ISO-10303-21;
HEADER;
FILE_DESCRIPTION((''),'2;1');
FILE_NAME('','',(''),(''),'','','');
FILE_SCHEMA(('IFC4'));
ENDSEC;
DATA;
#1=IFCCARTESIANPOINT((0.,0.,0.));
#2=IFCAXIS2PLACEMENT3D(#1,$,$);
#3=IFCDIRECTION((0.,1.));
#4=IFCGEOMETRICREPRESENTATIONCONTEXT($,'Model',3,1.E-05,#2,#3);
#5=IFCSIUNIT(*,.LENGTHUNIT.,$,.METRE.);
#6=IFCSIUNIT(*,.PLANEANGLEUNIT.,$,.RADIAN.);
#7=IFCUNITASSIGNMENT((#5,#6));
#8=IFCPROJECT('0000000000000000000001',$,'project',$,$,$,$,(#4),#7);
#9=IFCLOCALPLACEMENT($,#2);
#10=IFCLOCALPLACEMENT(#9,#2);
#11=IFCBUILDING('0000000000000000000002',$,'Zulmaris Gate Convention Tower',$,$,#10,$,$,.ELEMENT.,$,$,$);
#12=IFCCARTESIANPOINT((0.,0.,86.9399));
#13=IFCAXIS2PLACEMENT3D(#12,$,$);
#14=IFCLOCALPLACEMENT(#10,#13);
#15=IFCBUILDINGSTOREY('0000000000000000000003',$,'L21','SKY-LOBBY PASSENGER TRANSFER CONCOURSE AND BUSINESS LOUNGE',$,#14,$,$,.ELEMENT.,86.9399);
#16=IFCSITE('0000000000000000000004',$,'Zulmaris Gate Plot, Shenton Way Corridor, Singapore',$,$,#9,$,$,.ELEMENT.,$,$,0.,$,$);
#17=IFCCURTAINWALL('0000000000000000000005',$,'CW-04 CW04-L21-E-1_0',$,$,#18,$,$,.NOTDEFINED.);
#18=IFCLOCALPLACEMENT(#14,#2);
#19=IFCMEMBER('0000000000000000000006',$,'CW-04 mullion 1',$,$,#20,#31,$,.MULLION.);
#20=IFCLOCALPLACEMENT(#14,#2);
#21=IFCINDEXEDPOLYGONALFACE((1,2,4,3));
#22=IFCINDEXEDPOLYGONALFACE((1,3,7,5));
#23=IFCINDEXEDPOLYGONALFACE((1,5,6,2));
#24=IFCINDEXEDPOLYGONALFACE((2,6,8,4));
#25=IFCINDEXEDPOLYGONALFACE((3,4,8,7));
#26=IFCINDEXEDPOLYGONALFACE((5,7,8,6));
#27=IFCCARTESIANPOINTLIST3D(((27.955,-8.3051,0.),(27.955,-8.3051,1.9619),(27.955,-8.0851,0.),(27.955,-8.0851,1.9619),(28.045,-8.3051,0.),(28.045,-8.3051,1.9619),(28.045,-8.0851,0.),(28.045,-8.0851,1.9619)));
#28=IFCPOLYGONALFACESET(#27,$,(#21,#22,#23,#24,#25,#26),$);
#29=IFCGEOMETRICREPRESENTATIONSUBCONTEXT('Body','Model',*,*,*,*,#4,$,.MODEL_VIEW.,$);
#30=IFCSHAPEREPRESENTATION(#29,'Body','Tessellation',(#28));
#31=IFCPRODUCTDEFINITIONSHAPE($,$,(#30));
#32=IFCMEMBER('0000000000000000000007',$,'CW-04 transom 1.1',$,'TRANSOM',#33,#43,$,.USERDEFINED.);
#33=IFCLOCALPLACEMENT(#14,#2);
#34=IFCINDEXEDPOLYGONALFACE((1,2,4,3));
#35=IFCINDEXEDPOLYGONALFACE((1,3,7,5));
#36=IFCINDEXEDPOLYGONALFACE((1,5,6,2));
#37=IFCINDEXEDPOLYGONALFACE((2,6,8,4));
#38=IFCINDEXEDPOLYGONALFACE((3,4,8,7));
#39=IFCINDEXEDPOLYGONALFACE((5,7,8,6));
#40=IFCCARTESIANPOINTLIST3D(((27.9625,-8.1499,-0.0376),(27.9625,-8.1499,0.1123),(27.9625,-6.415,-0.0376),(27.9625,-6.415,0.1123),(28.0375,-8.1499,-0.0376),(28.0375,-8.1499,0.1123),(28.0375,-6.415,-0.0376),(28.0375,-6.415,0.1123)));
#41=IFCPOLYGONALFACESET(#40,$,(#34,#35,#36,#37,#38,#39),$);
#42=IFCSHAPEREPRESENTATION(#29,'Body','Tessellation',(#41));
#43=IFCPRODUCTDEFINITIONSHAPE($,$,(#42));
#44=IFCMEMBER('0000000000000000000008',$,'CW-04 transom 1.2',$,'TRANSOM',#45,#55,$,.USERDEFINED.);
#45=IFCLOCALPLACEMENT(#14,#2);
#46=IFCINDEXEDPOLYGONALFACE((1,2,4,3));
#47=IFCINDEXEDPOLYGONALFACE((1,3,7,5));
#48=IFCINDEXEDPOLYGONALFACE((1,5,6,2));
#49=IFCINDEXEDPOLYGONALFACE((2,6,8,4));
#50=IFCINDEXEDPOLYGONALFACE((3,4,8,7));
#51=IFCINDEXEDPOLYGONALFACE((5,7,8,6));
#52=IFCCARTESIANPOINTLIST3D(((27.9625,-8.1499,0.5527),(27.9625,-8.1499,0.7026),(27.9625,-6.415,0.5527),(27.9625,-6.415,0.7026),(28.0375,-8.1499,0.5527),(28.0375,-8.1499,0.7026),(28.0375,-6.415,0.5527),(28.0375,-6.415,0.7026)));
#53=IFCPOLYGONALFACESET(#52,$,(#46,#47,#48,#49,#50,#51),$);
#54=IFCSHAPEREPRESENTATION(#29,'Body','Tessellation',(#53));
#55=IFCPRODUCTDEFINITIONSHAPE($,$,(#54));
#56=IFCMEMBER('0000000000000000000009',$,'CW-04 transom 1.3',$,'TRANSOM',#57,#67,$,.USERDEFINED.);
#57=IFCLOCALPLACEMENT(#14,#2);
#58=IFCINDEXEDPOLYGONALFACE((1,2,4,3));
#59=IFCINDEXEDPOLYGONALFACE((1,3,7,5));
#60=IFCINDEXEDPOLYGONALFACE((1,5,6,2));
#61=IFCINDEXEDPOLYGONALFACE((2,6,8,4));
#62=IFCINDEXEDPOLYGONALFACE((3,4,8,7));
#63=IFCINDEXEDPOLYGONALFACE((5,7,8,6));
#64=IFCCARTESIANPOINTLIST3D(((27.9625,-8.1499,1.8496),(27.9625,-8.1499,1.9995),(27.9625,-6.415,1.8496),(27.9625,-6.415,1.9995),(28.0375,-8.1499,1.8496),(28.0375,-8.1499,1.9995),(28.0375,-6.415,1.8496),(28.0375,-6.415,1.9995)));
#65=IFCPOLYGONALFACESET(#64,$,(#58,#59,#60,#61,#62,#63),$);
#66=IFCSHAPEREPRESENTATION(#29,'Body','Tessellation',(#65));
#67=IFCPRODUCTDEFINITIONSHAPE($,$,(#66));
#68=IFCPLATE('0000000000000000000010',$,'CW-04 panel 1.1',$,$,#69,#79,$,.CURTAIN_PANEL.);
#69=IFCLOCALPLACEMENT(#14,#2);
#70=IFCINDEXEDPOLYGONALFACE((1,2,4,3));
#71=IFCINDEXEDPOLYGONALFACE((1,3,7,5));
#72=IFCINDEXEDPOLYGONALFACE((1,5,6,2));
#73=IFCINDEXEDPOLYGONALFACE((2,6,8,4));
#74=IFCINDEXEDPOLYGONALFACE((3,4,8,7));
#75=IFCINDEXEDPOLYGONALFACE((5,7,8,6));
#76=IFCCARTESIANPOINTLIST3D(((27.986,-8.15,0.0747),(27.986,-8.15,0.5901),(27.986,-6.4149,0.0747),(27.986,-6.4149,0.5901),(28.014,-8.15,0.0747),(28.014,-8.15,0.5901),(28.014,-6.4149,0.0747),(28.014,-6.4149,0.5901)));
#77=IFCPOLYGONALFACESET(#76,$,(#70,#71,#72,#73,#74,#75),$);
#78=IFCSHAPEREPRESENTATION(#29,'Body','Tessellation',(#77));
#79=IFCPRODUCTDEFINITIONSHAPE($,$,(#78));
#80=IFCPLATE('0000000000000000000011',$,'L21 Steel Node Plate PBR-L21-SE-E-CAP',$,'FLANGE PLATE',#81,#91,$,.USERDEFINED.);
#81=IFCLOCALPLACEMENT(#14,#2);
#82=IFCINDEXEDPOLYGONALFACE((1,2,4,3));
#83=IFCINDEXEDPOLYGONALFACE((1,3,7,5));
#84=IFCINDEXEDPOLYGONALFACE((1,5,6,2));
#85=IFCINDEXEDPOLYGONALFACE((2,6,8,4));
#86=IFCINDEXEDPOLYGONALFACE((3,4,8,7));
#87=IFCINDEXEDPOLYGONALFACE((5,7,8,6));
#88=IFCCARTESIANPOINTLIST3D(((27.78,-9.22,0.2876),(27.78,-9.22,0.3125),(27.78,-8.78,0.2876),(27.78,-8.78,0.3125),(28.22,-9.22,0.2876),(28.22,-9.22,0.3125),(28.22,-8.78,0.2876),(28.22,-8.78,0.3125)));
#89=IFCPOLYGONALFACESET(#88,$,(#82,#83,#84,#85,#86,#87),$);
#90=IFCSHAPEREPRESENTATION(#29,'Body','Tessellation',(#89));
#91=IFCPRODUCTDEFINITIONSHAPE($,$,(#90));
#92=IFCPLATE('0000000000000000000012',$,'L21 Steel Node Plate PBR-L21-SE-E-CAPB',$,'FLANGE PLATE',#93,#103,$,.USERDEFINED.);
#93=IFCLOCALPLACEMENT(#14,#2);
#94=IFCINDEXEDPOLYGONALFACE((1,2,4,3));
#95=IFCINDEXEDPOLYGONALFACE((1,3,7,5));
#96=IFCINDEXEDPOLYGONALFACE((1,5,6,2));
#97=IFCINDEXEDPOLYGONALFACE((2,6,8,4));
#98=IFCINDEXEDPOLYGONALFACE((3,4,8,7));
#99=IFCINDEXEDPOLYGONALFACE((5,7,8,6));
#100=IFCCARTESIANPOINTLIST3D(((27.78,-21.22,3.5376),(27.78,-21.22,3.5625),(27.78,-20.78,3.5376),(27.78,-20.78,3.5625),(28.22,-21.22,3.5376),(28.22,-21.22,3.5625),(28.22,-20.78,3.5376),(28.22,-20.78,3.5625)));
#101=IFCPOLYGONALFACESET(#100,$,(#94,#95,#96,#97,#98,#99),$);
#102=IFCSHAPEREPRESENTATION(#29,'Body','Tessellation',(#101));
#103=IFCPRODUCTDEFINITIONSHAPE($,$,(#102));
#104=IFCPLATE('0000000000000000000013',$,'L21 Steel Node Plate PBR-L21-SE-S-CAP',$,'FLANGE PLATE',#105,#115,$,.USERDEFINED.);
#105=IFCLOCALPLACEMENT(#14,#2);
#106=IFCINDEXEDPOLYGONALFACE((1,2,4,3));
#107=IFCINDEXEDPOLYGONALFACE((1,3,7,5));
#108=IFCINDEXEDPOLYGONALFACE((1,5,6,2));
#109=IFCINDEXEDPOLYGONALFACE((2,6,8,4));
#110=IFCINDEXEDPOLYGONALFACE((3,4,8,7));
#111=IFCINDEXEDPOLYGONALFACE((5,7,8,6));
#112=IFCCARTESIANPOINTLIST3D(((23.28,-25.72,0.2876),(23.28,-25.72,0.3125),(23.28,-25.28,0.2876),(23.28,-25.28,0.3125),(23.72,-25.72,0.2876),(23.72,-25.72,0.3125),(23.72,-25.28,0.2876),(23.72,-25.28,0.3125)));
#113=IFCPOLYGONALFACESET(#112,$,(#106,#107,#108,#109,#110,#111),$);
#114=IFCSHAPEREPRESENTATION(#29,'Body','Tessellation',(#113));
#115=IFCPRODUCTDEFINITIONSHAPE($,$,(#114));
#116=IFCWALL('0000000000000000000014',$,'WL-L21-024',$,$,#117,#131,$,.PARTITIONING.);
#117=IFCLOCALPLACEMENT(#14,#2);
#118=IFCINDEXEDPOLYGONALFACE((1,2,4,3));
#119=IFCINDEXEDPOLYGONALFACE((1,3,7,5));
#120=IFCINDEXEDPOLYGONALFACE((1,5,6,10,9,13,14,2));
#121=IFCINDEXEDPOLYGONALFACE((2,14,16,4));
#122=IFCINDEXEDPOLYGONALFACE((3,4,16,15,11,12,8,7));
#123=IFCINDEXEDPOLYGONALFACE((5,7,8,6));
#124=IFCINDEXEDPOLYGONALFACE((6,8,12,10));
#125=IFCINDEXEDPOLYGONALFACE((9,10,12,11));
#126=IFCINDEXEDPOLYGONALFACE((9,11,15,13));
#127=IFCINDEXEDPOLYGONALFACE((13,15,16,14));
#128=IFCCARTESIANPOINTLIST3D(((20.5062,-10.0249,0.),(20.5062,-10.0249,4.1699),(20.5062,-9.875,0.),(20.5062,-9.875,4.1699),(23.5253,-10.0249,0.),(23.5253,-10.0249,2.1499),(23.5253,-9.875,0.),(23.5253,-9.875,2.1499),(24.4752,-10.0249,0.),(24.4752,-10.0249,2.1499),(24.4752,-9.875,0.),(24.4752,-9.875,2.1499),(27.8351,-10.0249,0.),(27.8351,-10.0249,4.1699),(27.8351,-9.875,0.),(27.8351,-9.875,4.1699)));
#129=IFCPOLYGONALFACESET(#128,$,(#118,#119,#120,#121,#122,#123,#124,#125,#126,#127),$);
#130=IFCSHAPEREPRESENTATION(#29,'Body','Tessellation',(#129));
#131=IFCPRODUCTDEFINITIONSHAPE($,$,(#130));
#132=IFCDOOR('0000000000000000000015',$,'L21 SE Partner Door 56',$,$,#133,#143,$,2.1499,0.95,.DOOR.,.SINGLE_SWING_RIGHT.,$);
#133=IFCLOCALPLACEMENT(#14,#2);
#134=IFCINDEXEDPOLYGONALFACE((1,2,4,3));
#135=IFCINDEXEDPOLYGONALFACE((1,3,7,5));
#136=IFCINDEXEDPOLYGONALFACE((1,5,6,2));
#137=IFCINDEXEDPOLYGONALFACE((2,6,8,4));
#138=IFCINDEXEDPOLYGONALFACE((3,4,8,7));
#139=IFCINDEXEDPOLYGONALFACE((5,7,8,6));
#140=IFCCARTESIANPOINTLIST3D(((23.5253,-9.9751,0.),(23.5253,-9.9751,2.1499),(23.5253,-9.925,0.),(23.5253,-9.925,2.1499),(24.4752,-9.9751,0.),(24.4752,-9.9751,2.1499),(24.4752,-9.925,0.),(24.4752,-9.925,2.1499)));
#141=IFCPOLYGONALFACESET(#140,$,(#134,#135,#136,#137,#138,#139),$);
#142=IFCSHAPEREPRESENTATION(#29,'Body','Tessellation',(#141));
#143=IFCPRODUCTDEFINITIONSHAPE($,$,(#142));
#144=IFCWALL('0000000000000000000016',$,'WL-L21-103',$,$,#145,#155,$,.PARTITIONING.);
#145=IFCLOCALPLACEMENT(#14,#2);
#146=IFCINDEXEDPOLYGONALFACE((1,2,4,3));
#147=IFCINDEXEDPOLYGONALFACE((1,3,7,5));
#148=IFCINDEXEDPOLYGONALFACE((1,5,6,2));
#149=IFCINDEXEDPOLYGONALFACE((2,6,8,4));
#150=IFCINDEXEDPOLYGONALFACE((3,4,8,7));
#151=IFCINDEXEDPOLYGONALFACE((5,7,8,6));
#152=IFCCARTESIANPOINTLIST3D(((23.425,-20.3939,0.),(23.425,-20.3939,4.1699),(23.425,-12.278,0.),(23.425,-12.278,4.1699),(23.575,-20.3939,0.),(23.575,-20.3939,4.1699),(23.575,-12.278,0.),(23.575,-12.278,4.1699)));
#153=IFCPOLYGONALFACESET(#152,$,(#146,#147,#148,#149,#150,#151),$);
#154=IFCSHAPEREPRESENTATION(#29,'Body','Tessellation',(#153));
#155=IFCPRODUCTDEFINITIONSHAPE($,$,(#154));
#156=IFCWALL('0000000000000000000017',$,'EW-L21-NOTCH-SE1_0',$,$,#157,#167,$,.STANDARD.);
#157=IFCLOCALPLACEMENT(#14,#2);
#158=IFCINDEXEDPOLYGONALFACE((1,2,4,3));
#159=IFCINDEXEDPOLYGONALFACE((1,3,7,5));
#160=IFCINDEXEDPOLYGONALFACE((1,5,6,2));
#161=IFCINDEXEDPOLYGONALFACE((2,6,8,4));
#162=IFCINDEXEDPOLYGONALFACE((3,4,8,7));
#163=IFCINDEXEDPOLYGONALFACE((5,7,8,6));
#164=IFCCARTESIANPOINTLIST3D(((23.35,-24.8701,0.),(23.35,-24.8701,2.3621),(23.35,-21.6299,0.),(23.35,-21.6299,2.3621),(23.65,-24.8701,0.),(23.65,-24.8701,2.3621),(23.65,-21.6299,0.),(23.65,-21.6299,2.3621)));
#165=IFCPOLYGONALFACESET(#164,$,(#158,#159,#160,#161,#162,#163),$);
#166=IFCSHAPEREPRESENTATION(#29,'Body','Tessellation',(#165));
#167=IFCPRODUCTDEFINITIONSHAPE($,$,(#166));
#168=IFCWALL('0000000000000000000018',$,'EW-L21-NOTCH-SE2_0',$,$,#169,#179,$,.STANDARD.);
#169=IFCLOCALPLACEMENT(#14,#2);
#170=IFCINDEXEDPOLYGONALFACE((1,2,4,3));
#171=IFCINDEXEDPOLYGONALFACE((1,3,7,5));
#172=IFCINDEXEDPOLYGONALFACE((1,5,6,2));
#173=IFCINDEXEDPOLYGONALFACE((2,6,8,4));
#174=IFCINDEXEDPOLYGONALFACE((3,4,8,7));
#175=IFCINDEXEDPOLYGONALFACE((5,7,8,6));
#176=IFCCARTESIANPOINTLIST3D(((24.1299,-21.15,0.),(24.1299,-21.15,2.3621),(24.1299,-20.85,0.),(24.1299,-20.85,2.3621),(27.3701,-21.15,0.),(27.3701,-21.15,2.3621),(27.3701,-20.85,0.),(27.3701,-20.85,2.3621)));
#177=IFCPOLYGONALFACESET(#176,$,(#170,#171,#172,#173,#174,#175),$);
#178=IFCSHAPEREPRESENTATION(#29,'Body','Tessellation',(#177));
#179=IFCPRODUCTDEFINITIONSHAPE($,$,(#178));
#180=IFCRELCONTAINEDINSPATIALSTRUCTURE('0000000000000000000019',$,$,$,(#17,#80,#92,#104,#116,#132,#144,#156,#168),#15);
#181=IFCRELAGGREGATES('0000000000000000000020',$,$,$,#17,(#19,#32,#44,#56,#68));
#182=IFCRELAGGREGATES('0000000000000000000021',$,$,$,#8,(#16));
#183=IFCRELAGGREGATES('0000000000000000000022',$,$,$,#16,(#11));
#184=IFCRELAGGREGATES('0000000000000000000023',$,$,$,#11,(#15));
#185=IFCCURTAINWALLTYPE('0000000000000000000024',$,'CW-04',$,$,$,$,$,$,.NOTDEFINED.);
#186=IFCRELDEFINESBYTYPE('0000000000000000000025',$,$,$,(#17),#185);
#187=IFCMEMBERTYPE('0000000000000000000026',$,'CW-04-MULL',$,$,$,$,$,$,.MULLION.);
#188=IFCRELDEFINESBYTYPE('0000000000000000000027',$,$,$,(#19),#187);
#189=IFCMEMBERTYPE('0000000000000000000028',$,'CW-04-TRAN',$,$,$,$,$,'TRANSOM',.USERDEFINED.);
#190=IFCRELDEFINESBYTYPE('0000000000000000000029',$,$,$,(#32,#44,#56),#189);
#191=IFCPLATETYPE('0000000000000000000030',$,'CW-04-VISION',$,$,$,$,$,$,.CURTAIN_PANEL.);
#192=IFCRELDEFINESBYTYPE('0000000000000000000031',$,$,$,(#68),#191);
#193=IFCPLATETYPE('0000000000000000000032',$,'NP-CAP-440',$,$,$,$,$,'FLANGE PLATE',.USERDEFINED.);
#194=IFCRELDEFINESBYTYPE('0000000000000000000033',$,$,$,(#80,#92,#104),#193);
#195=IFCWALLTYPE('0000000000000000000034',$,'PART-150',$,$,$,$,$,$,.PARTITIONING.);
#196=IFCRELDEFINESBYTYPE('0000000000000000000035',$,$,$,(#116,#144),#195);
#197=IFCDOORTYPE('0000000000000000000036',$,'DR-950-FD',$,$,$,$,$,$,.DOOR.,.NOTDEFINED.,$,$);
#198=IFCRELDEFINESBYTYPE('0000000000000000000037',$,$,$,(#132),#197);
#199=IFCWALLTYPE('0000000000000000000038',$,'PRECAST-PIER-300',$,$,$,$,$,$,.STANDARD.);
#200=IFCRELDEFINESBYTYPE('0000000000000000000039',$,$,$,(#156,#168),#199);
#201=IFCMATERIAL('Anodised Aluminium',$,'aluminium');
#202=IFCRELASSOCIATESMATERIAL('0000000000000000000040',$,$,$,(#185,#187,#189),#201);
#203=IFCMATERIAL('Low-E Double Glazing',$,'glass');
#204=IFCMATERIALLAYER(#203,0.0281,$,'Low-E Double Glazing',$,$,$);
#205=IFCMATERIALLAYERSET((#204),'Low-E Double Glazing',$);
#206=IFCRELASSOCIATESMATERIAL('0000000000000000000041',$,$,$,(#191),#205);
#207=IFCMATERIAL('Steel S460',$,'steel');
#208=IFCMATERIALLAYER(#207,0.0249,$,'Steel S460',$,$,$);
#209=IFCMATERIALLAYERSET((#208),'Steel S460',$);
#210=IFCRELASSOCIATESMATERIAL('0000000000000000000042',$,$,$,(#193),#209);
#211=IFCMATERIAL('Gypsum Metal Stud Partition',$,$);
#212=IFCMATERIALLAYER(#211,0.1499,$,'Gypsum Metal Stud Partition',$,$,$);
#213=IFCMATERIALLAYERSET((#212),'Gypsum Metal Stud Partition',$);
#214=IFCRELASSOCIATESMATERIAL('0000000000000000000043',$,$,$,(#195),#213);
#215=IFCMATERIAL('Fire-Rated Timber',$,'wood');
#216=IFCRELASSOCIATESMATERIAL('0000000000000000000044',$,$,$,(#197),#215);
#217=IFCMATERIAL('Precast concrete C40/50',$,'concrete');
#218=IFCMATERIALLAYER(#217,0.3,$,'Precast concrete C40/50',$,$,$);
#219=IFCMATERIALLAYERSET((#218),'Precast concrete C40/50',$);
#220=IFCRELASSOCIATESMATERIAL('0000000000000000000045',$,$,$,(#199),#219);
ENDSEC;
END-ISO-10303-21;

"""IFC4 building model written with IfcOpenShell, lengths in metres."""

from ifc_helpers import new_model, si_unit, direction, frame, frame_2d, origin, origin_2d, place, context, subcontext, project, spatial, rectangle, extrude, material, layer, layer_set, material_profile, profile_set, type_object, element, fill, aggregate, save


model = new_model("IFC4")

# Units and contexts
model_context = context("Model", 3, precision=1e-05, world=origin(), true_north=direction((0.0, 1.0)))
body_context = subcontext(model_context, "Body", "Model", "MODEL_VIEW")
ifc_project = project(units=[si_unit("LENGTHUNIT", "METRE"), si_unit("PLANEANGLEUNIT", "RADIAN")], contexts=[model_context])

# Site, building, storey
site_placement = place(None, origin())
site = spatial("IfcSite", under=ifc_project, at=site_placement, Name="Zulmaris Gate Plot, Shenton Way Corridor, Singapore", CompositionType="ELEMENT", RefElevation=0.0)
building_placement = place(site_placement, origin())
building = spatial("IfcBuilding", under=site, at=building_placement, Name="Zulmaris Gate Convention Tower", CompositionType="ELEMENT")
storey_placement = place(building_placement, frame((0.0, 0.0, 86.9399)))
storey = spatial("IfcBuildingStorey", under=building, at=storey_placement, Name="L21", Description="SKY-LOBBY PASSENGER TRANSFER CONCOURSE AND BUSINESS LOUNGE", CompositionType="ELEMENT", Elevation=86.9399)

# Shared definitions
ifc_material_1 = material(Name="Steel S460", Category="steel")

# Curtain wall, members, plate
ifc_material_2 = material(Name="Anodised Aluminium", Category="aluminium")
curtain_wall_type = type_object("IfcCurtainWallType", Name="CW-04", PredefinedType="NOTDEFINED", material=ifc_material_2)
curtain_wall_placement = place(storey_placement, origin())
curtain_wall = element("IfcCurtainWall", 1, at=curtain_wall_placement, inside=storey, type_object=curtain_wall_type, Name="CW-04 CW04-L21-E-1_0", PredefinedType="NOTDEFINED")
ifc_material_profile_1 = material_profile(ifc_material_2, rectangle(XDim=0.0901, YDim=0.22, at=origin_2d()), Name="ALU MULLION 90x220")
ifc_profile_set_1 = profile_set([ifc_material_profile_1], Name="Anodised Aluminium")
member_type_1 = type_object("IfcMemberType", Name="CW-04-MULL", PredefinedType="MULLION", material=ifc_profile_set_1)
member_1_placement = place(storey_placement, frame((28.0, -8.1951, 0.0), z_axis=(0.0, 0.0, 1.0), x_axis=(-1.0, 0.0, 0.0)))
member_1 = element("IfcMember", 2, at=member_1_placement, type_object=member_type_1, Name="CW-04 mullion 1", PredefinedType="MULLION", context=body_context, shape_type="SweptSolid", body=[
    extrude(rectangle(XDim=0.0901, YDim=0.22, at=origin_2d()), origin(), (0.0, 0.0, 1.0), 1.9619),
])
ifc_material_profile_2 = material_profile(ifc_material_2, rectangle(XDim=0.075, YDim=0.1499, at=origin_2d()), Name="ALU TRANSOM 75x150")
ifc_profile_set_2 = profile_set([ifc_material_profile_2], Name="Anodised Aluminium")
member_type_2 = type_object("IfcMemberType", Name="CW-04-TRAN", ElementType="TRANSOM", PredefinedType="USERDEFINED", material=ifc_profile_set_2)
member_2_placement = place(storey_placement, frame((28.0, -8.1499, 0.0374), z_axis=(0.0, 1.0, 0.0), x_axis=(-1.0, 0.0, 0.0)))
member_2 = element("IfcMember", 3, at=member_2_placement, type_object=member_type_2, Name="CW-04 transom 1.1", ObjectType="TRANSOM", PredefinedType="USERDEFINED", context=body_context, shape_type="SweptSolid", body=[
    extrude(rectangle(XDim=0.075, YDim=0.1499, at=origin_2d()), origin(), (0.0, 0.0, 1.0), 1.7349),
])
member_3_placement = place(storey_placement, frame((28.0, -8.1499, 0.6277), z_axis=(0.0, 1.0, 0.0), x_axis=(-1.0, 0.0, 0.0)))
member_3 = element("IfcMember", 4, at=member_3_placement, type_object=member_type_2, Name="CW-04 transom 1.2", ObjectType="TRANSOM", PredefinedType="USERDEFINED", context=body_context, shape_type="SweptSolid", body=[
    extrude(rectangle(XDim=0.075, YDim=0.1499, at=origin_2d()), origin(), (0.0, 0.0, 1.0), 1.7349),
])
member_4_placement = place(storey_placement, frame((28.0, -8.1499, 1.9246), z_axis=(0.0, 1.0, 0.0), x_axis=(-1.0, 0.0, 0.0)))
member_4 = element("IfcMember", 5, at=member_4_placement, type_object=member_type_2, Name="CW-04 transom 1.3", ObjectType="TRANSOM", PredefinedType="USERDEFINED", context=body_context, shape_type="SweptSolid", body=[
    extrude(rectangle(XDim=0.075, YDim=0.1499, at=origin_2d()), origin(), (0.0, 0.0, 1.0), 1.7349),
])
ifc_material_3 = material(Name="Low-E Double Glazing", Category="glass")
ifc_layer_1 = layer(ifc_material_3, 0.0281, Name="Low-E Double Glazing")
ifc_layer_set_1 = layer_set([ifc_layer_1], Name="Low-E Double Glazing")
plate_type_1 = type_object("IfcPlateType", Name="CW-04-VISION", PredefinedType="CURTAIN_PANEL", material=ifc_layer_set_1)
plate_placement = place(storey_placement, frame((28.0, -7.2825, 0.0747), z_axis=(0.0, 0.0, 1.0), x_axis=(0.0, 1.0, 0.0)))
plate = element("IfcPlate", 6, at=plate_placement, type_object=plate_type_1, Name="CW-04 panel 1.1", PredefinedType="CURTAIN_PANEL", context=body_context, shape_type="SweptSolid", body=[
    extrude(rectangle(XDim=1.7351, YDim=0.0281, at=origin_2d()), origin(), (0.0, 0.0, 1.0), 0.5154),
])
aggregate(curtain_wall, [member_1, member_2, member_3, member_4, plate])

# Plates
ifc_layer_2 = layer(ifc_material_1, 0.0249, Name="Steel S460")
ifc_layer_set_2 = layer_set([ifc_layer_2], Name="Steel S460")
plate_type_2 = type_object("IfcPlateType", Name="NP-CAP-440", ElementType="FLANGE PLATE", PredefinedType="USERDEFINED", material=ifc_layer_set_2)
for number, where, z_axis, x_axis, name in (
    (7, (28.0, -9.0, 0.2876), (0.0, 0.0, 1.0), (1.0, 0.0, 0.0), "L21 Steel Node Plate PBR-L21-SE-E-CAP"),
    (8, (28.0, -21.0, 3.5376), (0.0, 0.0, 1.0), (1.0, 0.0, 0.0), "L21 Steel Node Plate PBR-L21-SE-E-CAPB"),
    (9, (23.5, -25.5, 0.2876), (0.0, 0.0, 1.0), (1.0, 0.0, 0.0), "L21 Steel Node Plate PBR-L21-SE-S-CAP"),
):
    element("IfcPlate", number, at=place(storey_placement, frame(where, z_axis=z_axis, x_axis=x_axis)), inside=storey, type_object=plate_type_2, Name=name, ObjectType="FLANGE PLATE", PredefinedType="USERDEFINED", context=body_context, shape_type="SweptSolid", body=[
        extrude(rectangle(XDim=0.4399, YDim=0.4399, at=origin_2d()), origin(), (0.0, 0.0, 1.0), 0.0249),
    ])

# Wall, opening, door
ifc_material_4 = material(Name="Gypsum Metal Stud Partition")
ifc_layer_3 = layer(ifc_material_4, 0.1499, Name="Gypsum Metal Stud Partition")
ifc_layer_set_3 = layer_set([ifc_layer_3], Name="Gypsum Metal Stud Partition")
wall_type_1 = type_object("IfcWallType", Name="PART-150", PredefinedType="PARTITIONING", material=ifc_layer_set_3)
wall_1_placement = place(storey_placement, frame((20.5061, -9.95, 0.0), z_axis=(0.0, 0.0, 1.0), x_axis=(1.0, 0.0, 0.0)))
wall_1 = element("IfcWall", 10, at=wall_1_placement, inside=storey, type_object=wall_type_1, Name="WL-L21-024", PredefinedType="PARTITIONING", context=body_context, shape_type="SweptSolid", body=[
    extrude(rectangle(XDim=7.3289, YDim=0.1499, at=frame_2d((3.6646, 0.0))), origin(), (0.0, 0.0, 1.0), 4.1699),
])
opening_placement = place(wall_1_placement, frame((3.019, 0.0, 0.0)))
opening = element("IfcOpeningElement", 11, at=opening_placement, cuts=wall_1, PredefinedType="OPENING", context=body_context, shape_type="SweptSolid", body=[
    extrude(rectangle(XDim=0.95, YDim=2.1499, at=frame_2d((0.4751, 1.075))), frame((0.0, 0.085, 0.0), z_axis=(0.0, -1.0, 0.0), x_axis=(1.0, 0.0, 0.0)), (0.0, 0.0, 1.0), 0.1699),
])
ifc_material_5 = material(Name="Fire-Rated Timber", Category="wood")
door_type = type_object("IfcDoorType", Name="DR-950-FD", OperationType="NOTDEFINED", PredefinedType="DOOR", material=ifc_material_5)
door_placement = place(opening_placement, origin())
door = element("IfcDoor", 12, at=door_placement, inside=storey, type_object=door_type, Name="L21 SE Partner Door 56", OperationType="SINGLE_SWING_RIGHT", OverallHeight=2.1499, OverallWidth=0.95, PredefinedType="DOOR", context=body_context, shape_type="SweptSolid", body=[
    extrude(rectangle(XDim=0.95, YDim=2.1499, at=frame_2d((0.4751, 1.075))), frame((0.0, 0.0249, 0.0), z_axis=(0.0, -1.0, 0.0), x_axis=(1.0, 0.0, 0.0)), (0.0, 0.0, 1.0), 0.05),
])
fill(opening, door)

# Walls
wall_2_placement = place(storey_placement, frame((23.5, -20.394, 0.0), z_axis=(0.0, 0.0, 1.0), x_axis=(0.0, 1.0, 0.0)))
element("IfcWall", 13, at=wall_2_placement, inside=storey, type_object=wall_type_1, Name="WL-L21-103", PredefinedType="PARTITIONING", context=body_context, shape_type="SweptSolid", body=[
    extrude(rectangle(XDim=8.116, YDim=0.1499, at=frame_2d((4.0581, 0.0))), origin(), (0.0, 0.0, 1.0), 4.1699),
])
ifc_material_6 = material(Name="Precast concrete C40/50", Category="concrete")
ifc_layer_4 = layer(ifc_material_6, 0.3, Name="Precast concrete C40/50")
ifc_layer_set_4 = layer_set([ifc_layer_4], Name="Precast concrete C40/50")
wall_type_2 = type_object("IfcWallType", Name="PRECAST-PIER-300", PredefinedType="STANDARD", material=ifc_layer_set_4)
for number, where, z_axis, x_axis, name in (
    (14, (23.5, -24.8701, 0.0), (0.0, 0.0, 1.0), (0.0, 1.0, 0.0), "EW-L21-NOTCH-SE1_0"),
    (15, (24.1299, -21.0, 0.0), (0.0, 0.0, 1.0), (1.0, 0.0, 0.0), "EW-L21-NOTCH-SE2_0"),
):
    element("IfcWall", number, at=place(storey_placement, frame(where, z_axis=z_axis, x_axis=x_axis)), inside=storey, type_object=wall_type_2, Name=name, PredefinedType="STANDARD", context=body_context, shape_type="SweptSolid", body=[
        extrude(rectangle(XDim=3.2402, YDim=0.3, at=frame_2d((1.6201, 0.0))), origin(), (0.0, 0.0, 1.0), 2.3621),
    ])

save(model, "model.ifc")
